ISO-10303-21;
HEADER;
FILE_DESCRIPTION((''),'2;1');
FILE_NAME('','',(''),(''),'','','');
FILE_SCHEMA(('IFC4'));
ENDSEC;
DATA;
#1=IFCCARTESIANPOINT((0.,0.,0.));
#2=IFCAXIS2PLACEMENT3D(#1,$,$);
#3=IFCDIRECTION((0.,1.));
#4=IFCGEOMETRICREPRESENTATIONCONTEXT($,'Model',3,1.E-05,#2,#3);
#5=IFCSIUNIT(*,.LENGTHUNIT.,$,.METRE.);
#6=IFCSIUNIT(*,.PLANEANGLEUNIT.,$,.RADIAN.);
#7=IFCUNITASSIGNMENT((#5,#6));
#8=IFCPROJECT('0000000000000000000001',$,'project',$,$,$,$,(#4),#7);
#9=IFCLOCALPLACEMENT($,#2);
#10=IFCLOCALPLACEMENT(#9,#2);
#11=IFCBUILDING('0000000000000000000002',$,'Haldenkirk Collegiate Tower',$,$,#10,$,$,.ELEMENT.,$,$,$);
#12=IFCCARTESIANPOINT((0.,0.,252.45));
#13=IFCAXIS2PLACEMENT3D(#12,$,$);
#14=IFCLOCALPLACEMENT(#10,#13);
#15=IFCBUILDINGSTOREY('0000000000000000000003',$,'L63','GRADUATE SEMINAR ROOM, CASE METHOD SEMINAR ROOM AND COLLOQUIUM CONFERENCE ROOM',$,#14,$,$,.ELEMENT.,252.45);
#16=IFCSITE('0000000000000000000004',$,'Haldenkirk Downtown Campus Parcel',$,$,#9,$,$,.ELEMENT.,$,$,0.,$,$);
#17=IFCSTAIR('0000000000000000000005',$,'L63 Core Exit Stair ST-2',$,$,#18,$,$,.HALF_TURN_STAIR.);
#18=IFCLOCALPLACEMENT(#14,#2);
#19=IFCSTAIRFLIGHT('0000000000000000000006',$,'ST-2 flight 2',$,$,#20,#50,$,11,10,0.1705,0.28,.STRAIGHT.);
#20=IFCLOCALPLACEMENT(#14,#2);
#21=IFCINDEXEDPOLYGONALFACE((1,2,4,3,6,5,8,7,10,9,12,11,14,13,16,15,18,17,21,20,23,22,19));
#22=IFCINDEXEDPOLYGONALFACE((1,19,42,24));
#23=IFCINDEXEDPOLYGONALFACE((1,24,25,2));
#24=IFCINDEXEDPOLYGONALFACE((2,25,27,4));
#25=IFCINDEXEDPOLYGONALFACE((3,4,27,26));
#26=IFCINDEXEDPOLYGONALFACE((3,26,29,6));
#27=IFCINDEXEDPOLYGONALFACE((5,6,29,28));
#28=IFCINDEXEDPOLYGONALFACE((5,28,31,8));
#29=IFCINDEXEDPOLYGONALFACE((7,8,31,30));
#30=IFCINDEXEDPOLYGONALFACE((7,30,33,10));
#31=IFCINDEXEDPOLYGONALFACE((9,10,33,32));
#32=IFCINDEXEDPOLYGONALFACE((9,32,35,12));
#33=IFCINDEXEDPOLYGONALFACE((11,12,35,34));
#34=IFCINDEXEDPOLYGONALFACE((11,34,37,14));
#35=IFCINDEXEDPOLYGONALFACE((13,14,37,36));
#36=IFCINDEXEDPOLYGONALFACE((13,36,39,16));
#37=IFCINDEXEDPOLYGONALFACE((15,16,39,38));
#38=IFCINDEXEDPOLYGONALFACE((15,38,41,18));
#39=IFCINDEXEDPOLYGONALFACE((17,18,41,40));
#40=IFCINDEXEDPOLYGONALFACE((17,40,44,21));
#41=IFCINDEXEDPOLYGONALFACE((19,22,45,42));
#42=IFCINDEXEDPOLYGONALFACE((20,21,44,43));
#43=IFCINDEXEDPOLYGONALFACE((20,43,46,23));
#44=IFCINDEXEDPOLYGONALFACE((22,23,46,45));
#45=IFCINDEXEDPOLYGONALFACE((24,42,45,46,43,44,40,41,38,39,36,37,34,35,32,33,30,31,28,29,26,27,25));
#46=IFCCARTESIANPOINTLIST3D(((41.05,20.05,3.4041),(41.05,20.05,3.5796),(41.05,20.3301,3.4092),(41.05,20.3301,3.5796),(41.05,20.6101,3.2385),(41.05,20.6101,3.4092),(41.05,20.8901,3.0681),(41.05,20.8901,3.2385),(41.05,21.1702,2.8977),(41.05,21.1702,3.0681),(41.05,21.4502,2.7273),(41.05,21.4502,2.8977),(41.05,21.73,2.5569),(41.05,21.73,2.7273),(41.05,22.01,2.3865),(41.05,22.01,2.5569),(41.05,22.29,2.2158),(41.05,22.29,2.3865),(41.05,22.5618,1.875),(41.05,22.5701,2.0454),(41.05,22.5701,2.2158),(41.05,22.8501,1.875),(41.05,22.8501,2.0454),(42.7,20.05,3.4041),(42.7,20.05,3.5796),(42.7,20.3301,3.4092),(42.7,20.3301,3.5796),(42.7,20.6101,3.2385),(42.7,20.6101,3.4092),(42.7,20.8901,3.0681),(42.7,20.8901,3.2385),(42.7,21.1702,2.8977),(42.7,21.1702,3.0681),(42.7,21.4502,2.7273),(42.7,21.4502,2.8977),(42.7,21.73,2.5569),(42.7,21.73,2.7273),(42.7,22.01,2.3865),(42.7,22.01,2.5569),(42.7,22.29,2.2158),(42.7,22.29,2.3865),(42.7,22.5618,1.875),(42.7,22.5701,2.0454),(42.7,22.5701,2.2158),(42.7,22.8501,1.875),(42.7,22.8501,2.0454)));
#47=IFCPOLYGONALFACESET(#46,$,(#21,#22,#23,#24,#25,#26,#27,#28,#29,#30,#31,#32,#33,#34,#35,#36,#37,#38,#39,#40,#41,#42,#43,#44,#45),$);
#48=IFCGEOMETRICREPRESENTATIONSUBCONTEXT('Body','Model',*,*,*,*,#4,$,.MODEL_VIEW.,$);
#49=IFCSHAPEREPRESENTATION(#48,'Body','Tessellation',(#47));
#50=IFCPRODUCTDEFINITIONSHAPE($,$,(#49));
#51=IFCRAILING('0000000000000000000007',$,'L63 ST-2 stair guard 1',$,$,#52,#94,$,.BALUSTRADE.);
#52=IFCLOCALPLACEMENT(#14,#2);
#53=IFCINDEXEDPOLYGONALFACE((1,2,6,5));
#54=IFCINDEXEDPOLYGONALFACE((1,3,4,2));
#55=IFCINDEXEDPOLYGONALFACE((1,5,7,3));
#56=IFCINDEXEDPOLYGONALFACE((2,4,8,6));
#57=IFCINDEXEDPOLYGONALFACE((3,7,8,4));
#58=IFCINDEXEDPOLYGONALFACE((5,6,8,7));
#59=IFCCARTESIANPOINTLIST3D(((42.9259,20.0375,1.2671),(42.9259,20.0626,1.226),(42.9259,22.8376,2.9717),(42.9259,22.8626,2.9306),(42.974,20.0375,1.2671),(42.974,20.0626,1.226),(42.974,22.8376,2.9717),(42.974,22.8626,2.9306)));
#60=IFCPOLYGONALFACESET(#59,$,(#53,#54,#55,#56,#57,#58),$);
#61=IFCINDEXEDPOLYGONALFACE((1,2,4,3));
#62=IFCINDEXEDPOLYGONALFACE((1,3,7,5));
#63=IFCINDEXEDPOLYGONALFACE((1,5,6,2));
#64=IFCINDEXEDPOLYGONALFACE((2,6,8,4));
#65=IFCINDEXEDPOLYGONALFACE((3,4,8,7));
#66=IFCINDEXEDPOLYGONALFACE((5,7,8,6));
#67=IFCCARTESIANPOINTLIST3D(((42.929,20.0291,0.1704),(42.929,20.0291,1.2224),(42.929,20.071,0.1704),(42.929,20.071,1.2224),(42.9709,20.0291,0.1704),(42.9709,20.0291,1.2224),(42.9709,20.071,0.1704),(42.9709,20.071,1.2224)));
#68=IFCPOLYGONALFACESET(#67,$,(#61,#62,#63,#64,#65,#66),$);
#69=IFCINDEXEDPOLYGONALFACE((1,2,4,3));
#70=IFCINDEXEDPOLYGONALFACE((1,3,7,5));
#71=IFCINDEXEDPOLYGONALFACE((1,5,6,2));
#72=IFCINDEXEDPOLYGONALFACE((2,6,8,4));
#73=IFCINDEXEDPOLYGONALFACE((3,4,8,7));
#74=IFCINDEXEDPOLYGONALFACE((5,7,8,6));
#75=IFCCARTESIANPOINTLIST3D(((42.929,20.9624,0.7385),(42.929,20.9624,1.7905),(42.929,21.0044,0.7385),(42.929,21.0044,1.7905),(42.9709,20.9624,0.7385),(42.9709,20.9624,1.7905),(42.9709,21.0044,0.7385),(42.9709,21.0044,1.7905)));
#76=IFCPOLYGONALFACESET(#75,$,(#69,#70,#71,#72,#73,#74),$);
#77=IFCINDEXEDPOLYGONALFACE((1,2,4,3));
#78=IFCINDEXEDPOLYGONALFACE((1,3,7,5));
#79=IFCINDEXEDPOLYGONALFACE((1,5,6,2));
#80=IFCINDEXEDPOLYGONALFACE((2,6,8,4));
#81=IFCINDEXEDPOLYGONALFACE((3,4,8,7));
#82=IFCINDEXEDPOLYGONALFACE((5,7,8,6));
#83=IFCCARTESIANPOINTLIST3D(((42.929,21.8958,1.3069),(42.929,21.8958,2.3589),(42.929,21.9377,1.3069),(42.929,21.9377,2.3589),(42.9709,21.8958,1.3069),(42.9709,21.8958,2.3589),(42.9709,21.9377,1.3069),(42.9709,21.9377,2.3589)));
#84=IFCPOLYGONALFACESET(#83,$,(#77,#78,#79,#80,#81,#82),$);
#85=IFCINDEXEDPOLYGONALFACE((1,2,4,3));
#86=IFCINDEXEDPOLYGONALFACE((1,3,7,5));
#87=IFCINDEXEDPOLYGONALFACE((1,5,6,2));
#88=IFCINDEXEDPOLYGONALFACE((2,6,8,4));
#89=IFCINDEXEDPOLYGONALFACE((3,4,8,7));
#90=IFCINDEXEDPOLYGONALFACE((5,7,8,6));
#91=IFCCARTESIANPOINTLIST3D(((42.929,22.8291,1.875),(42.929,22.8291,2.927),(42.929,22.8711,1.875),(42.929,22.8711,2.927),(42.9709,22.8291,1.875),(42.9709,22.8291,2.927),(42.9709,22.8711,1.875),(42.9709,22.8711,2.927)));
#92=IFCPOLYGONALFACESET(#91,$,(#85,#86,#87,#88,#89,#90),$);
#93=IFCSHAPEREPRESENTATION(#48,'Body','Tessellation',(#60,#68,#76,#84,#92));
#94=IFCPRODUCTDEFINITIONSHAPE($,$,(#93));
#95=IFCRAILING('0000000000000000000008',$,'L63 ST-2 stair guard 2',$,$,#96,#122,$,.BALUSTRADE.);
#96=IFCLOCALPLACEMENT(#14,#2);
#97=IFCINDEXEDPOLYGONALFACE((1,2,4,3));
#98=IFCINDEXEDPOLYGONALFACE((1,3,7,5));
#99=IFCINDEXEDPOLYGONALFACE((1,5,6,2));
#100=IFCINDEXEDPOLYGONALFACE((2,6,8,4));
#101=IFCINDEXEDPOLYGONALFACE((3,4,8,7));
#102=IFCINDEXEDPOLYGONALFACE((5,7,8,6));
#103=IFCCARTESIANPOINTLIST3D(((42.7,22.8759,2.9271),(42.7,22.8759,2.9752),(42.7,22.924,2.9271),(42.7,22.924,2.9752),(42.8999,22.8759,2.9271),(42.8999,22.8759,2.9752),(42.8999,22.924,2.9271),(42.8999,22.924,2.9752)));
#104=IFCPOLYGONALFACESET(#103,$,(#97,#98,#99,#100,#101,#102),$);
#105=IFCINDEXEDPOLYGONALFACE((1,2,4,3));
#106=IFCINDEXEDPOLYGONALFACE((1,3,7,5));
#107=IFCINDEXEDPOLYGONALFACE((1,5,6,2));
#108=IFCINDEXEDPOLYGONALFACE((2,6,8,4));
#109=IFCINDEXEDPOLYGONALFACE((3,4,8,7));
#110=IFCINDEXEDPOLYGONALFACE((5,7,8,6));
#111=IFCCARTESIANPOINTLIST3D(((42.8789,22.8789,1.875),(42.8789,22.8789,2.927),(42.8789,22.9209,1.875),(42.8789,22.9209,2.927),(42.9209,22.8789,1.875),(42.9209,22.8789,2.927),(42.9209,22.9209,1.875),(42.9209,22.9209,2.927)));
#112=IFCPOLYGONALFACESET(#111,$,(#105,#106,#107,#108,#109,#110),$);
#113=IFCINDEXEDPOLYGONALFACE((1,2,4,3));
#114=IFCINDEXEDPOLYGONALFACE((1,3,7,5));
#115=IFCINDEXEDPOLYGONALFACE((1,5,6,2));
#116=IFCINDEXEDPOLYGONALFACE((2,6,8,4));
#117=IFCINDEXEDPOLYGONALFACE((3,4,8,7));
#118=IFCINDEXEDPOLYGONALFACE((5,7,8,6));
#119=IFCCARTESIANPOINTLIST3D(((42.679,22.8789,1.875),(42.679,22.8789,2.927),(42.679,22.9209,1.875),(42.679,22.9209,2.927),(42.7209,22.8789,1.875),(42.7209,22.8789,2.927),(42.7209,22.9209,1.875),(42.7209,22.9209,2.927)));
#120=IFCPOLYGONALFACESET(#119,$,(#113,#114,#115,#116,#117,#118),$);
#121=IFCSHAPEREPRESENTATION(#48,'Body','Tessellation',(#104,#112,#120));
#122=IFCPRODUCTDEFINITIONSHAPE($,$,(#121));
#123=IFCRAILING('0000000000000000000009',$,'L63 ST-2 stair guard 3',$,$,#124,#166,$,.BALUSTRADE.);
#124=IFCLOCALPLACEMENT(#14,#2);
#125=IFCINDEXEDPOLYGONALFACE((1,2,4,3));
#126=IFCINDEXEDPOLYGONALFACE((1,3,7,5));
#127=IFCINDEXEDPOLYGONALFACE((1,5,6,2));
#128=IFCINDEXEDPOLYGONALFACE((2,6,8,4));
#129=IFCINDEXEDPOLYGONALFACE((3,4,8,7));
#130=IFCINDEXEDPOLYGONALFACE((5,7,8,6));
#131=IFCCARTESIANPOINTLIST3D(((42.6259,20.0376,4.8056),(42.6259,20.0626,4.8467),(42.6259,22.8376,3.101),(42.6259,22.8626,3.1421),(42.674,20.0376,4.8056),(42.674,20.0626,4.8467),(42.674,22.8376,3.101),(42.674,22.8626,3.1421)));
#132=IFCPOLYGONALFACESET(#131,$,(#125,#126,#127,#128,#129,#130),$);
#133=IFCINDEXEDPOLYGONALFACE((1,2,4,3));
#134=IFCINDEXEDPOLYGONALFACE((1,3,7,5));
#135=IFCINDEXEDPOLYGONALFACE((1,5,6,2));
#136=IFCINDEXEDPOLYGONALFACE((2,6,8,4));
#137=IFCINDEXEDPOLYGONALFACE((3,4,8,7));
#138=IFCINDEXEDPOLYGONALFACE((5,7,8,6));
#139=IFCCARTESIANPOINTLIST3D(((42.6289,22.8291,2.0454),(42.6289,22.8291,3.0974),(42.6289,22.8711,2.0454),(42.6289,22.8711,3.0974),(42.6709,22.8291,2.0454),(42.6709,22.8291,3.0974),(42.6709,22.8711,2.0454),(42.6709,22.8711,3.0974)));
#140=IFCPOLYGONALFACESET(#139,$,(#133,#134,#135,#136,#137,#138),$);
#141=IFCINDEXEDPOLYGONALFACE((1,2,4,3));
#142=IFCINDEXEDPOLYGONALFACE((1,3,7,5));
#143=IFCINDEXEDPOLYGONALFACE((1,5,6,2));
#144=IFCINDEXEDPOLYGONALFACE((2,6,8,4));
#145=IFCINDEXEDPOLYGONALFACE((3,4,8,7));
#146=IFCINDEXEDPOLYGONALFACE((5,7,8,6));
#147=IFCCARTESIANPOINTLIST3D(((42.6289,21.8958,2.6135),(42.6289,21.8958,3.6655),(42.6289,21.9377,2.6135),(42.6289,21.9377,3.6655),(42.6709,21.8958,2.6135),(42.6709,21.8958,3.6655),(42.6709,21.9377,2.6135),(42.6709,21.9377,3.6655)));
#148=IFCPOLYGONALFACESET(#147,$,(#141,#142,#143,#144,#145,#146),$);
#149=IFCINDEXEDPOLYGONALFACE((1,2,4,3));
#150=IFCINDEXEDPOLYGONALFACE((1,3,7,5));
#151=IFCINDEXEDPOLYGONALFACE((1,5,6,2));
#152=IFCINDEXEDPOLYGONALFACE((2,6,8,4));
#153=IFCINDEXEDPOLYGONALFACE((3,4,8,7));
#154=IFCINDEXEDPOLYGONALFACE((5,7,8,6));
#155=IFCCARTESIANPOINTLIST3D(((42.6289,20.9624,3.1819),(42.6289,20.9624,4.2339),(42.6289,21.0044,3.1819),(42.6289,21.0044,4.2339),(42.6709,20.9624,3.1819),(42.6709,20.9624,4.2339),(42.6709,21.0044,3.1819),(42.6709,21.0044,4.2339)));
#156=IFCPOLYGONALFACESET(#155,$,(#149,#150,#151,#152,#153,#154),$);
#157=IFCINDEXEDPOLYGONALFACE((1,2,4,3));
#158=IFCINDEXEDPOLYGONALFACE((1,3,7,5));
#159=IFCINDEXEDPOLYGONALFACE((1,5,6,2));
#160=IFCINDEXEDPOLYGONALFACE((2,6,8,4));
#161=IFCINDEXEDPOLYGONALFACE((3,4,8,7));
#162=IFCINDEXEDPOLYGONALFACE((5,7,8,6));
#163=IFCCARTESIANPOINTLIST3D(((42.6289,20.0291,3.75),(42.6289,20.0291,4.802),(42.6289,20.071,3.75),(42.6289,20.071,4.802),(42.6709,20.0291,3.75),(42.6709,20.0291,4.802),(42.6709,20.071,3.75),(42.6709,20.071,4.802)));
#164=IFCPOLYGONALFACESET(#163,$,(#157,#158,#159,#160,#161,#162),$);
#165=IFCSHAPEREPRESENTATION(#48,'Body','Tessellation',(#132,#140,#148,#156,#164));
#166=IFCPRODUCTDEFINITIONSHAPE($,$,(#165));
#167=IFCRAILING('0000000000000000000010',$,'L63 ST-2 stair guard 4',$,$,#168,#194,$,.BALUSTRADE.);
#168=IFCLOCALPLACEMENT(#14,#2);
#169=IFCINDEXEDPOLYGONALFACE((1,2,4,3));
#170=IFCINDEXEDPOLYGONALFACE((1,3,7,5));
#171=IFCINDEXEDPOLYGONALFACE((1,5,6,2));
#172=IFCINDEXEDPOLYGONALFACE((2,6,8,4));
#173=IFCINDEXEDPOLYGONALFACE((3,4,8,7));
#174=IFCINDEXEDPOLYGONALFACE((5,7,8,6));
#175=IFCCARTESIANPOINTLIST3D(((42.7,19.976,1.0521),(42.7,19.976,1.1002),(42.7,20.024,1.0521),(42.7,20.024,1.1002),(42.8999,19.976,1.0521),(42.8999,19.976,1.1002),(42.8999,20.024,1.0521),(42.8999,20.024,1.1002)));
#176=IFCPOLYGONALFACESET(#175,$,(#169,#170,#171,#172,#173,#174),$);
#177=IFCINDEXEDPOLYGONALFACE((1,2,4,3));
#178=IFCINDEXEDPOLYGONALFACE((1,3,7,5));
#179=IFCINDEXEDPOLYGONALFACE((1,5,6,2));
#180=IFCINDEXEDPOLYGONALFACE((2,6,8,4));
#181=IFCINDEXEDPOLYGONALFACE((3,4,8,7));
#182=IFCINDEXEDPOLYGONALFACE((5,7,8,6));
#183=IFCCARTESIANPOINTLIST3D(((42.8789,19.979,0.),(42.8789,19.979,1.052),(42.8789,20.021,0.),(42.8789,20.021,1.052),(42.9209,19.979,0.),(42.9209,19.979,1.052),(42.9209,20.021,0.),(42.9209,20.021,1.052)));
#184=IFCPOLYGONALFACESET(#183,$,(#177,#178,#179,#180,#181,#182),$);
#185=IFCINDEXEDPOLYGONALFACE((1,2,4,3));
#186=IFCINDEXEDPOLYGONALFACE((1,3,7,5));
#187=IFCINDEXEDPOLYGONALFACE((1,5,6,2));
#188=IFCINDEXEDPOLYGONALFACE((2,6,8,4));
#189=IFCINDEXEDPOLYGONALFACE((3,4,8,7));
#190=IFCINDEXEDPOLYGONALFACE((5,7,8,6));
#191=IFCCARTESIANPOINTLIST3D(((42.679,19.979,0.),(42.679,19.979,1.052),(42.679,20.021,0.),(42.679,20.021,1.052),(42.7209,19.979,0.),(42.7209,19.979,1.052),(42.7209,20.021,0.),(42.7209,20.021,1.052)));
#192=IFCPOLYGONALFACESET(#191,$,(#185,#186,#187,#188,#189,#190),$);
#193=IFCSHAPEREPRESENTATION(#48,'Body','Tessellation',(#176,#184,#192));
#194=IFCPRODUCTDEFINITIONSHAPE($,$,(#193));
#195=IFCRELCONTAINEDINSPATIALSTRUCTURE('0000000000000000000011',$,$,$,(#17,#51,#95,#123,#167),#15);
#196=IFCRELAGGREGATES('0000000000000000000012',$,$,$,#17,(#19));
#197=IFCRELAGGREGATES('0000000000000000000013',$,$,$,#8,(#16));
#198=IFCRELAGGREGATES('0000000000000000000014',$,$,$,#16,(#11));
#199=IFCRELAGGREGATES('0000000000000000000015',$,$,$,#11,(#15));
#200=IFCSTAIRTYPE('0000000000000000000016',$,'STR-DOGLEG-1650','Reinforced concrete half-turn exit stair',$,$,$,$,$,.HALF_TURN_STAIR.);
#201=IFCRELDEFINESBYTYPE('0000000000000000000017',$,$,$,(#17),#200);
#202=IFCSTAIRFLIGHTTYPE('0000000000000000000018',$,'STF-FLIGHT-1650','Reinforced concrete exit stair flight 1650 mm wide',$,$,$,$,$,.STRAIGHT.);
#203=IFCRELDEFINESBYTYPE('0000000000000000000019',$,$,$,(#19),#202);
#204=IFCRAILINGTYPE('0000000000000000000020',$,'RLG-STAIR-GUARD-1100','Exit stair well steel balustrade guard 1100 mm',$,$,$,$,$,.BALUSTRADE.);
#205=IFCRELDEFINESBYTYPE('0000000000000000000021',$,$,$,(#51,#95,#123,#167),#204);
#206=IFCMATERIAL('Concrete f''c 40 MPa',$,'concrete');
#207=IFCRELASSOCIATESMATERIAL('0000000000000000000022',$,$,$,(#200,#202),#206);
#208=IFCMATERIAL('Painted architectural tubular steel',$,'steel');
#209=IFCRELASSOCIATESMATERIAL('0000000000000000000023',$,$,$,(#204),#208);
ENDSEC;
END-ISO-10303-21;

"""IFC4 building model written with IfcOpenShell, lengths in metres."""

from ifc_helpers import new_model, si_unit, direction, frame, origin, origin_2d, place, context, subcontext, project, spatial, polyline, rectangle, outline, extrude, material, type_object, element, aggregate, save


model = new_model("IFC4")

# Units and contexts
model_context = context("Model", 3, precision=1e-05, world=origin(), true_north=direction((0.0, 1.0)))
body_context = subcontext(model_context, "Body", "Model", "MODEL_VIEW")
ifc_project = project(units=[si_unit("LENGTHUNIT", "METRE"), si_unit("PLANEANGLEUNIT", "RADIAN")], contexts=[model_context])

# Site, building, storey
site_placement = place(None, origin())
site = spatial("IfcSite", under=ifc_project, at=site_placement, Name="Haldenkirk Downtown Campus Parcel", CompositionType="ELEMENT", RefElevation=0.0)
building_placement = place(site_placement, origin())
building = spatial("IfcBuilding", under=site, at=building_placement, Name="Haldenkirk Collegiate Tower", CompositionType="ELEMENT")
storey_placement = place(building_placement, frame((0.0, 0.0, 252.45)))
storey = spatial("IfcBuildingStorey", under=building, at=storey_placement, Name="L63", Description="GRADUATE SEMINAR ROOM, CASE METHOD SEMINAR ROOM AND COLLOQUIUM CONFERENCE ROOM", CompositionType="ELEMENT", Elevation=252.45)

# Stair, stair flight
ifc_material_1 = material(Name="Concrete f'c 40 MPa", Category="concrete")
stair_type = type_object("IfcStairType", Name="STR-DOGLEG-1650", Description="Reinforced concrete half-turn exit stair", PredefinedType="HALF_TURN_STAIR", material=ifc_material_1)
stair_placement = place(storey_placement, origin())
stair = element("IfcStair", 1, at=stair_placement, inside=storey, type_object=stair_type, Name="L63 Core Exit Stair ST-2", PredefinedType="HALF_TURN_STAIR")
stair_flight_type = type_object("IfcStairFlightType", Name="STF-FLIGHT-1650", Description="Reinforced concrete exit stair flight 1650 mm wide", PredefinedType="STRAIGHT", material=ifc_material_1)
stair_flight_1_placement = place(storey_placement, frame((41.875, 22.8501, 1.875), z_axis=(0.0, 0.0, 1.0), x_axis=(0.0, -1.0, 0.0)))
stair_flight_1 = element("IfcStairFlight", 2, at=stair_flight_1_placement, type_object=stair_flight_type, Name="ST-2 flight 2", NumberOfRisers=11, NumberOfTreads=10, PredefinedType="STRAIGHT", RiserHeight=0.1705, TreadLength=0.28, context=body_context, shape_type="SweptSolid", body=[
    extrude(outline(polyline([(0.0, 0.0), (0.0, 0.1704), (0.28, 0.1704), (0.28, 0.3408), (0.5601, 0.3408), (0.5601, 0.5115), (0.8401, 0.5115), (0.8401, 0.6819), (1.1201, 0.6819), (1.1201, 0.8523), (1.3999, 0.8523), (1.3999, 1.0227), (1.6799, 1.0227), (1.6799, 1.1931), (1.96, 1.1931), (1.96, 1.3635), (2.24, 1.3635), (2.24, 1.5342), (2.52, 1.5342), (2.52, 1.7046), (2.8, 1.7046), (2.8, 1.875), (2.8, 1.5291), (0.2883, 0.0), (0.0, 0.0)])), frame((0.0, 0.825, 0.0), z_axis=(0.0, -1.0, 0.0), x_axis=(1.0, 0.0, 0.0)), (0.0, 0.0, 1.0), 1.6499),
])
aggregate(stair, [stair_flight_1])

# Railings
ifc_material_2 = material(Name="Painted architectural tubular steel", Category="steel")
railing_type_1 = type_object("IfcRailingType", Name="RLG-STAIR-GUARD-1100", Description="Exit stair well steel balustrade guard 1100 mm", PredefinedType="BALUSTRADE", material=ifc_material_2)
railing_1_placement = place(storey_placement, frame((42.95, 20.05, 0.1704)))
element("IfcRailing", 3, at=railing_1_placement, inside=storey, type_object=railing_type_1, Name="L63 ST-2 stair guard 1", PredefinedType="BALUSTRADE", context=body_context, shape_type="SweptSolid", body=[
    extrude(rectangle(XDim=0.0481, YDim=0.0481, at=origin_2d()), frame((0.0, 0.0, 1.0762), z_axis=(0.0, 0.85417, 0.519994), x_axis=(-1.0, 0.0, 0.0)), (0.0, 0.0, 1.0), 3.2781),
    extrude(rectangle(XDim=0.042, YDim=0.042, at=origin_2d()), origin(), (0.0, 0.0, 1.0), 1.052),
    extrude(rectangle(XDim=0.042, YDim=0.042, at=origin_2d()), frame((0.0, 0.9333, 0.5681)), (0.0, 0.0, 1.0), 1.052),
    extrude(rectangle(XDim=0.042, YDim=0.042, at=origin_2d()), frame((0.0, 1.8667, 1.1365)), (0.0, 0.0, 1.0), 1.052),
    extrude(rectangle(XDim=0.042, YDim=0.042, at=origin_2d()), frame((0.0, 2.8, 1.7046)), (0.0, 0.0, 1.0), 1.052),
])
railing_2_placement = place(storey_placement, frame((42.8999, 22.8999, 1.875)))
element("IfcRailing", 4, at=railing_2_placement, inside=storey, type_object=railing_type_1, Name="L63 ST-2 stair guard 2", PredefinedType="BALUSTRADE", context=body_context, shape_type="SweptSolid", body=[
    extrude(rectangle(XDim=0.0481, YDim=0.0481, at=origin_2d()), frame((0.0, 0.0, 1.0762), z_axis=(-1.0, 0.0, 0.0), x_axis=(0.0, -1.0, 0.0)), (0.0, 0.0, 1.0), 0.2),
    extrude(rectangle(XDim=0.042, YDim=0.042, at=origin_2d()), origin(), (0.0, 0.0, 1.0), 1.052),
    extrude(rectangle(XDim=0.042, YDim=0.042, at=origin_2d()), frame((-0.2, 0.0, 0.0)), (0.0, 0.0, 1.0), 1.052),
])
railing_3_placement = place(storey_placement, frame((42.6499, 22.8501, 2.0454)))
element("IfcRailing", 5, at=railing_3_placement, inside=storey, type_object=railing_type_1, Name="L63 ST-2 stair guard 3", PredefinedType="BALUSTRADE", context=body_context, shape_type="SweptSolid", body=[
    extrude(rectangle(XDim=0.0481, YDim=0.0481, at=origin_2d()), frame((0.0, 0.0, 1.0762), z_axis=(0.0, -0.85417, 0.519994), x_axis=(1.0, 0.0, 0.0)), (0.0, 0.0, 1.0), 3.2781),
    extrude(rectangle(XDim=0.042, YDim=0.042, at=origin_2d()), origin(), (0.0, 0.0, 1.0), 1.052),
    extrude(rectangle(XDim=0.042, YDim=0.042, at=origin_2d()), frame((0.0, -0.9333, 0.5681)), (0.0, 0.0, 1.0), 1.052),
    extrude(rectangle(XDim=0.042, YDim=0.042, at=origin_2d()), frame((0.0, -1.8667, 1.1365)), (0.0, 0.0, 1.0), 1.052),
    extrude(rectangle(XDim=0.042, YDim=0.042, at=origin_2d()), frame((0.0, -2.8, 1.7046)), (0.0, 0.0, 1.0), 1.052),
])
railing_4_placement = place(storey_placement, frame((42.8999, 20.0, 0.0)))
element("IfcRailing", 6, at=railing_4_placement, inside=storey, type_object=railing_type_1, Name="L63 ST-2 stair guard 4", PredefinedType="BALUSTRADE", context=body_context, shape_type="SweptSolid", body=[
    extrude(rectangle(XDim=0.0481, YDim=0.0481, at=origin_2d()), frame((0.0, 0.0, 1.0762), z_axis=(-1.0, 0.0, 0.0), x_axis=(0.0, -1.0, 0.0)), (0.0, 0.0, 1.0), 0.2),
    extrude(rectangle(XDim=0.042, YDim=0.042, at=origin_2d()), origin(), (0.0, 0.0, 1.0), 1.052),
    extrude(rectangle(XDim=0.042, YDim=0.042, at=origin_2d()), frame((-0.2, 0.0, 0.0)), (0.0, 0.0, 1.0), 1.052),
])

save(model, "model.ifc")
